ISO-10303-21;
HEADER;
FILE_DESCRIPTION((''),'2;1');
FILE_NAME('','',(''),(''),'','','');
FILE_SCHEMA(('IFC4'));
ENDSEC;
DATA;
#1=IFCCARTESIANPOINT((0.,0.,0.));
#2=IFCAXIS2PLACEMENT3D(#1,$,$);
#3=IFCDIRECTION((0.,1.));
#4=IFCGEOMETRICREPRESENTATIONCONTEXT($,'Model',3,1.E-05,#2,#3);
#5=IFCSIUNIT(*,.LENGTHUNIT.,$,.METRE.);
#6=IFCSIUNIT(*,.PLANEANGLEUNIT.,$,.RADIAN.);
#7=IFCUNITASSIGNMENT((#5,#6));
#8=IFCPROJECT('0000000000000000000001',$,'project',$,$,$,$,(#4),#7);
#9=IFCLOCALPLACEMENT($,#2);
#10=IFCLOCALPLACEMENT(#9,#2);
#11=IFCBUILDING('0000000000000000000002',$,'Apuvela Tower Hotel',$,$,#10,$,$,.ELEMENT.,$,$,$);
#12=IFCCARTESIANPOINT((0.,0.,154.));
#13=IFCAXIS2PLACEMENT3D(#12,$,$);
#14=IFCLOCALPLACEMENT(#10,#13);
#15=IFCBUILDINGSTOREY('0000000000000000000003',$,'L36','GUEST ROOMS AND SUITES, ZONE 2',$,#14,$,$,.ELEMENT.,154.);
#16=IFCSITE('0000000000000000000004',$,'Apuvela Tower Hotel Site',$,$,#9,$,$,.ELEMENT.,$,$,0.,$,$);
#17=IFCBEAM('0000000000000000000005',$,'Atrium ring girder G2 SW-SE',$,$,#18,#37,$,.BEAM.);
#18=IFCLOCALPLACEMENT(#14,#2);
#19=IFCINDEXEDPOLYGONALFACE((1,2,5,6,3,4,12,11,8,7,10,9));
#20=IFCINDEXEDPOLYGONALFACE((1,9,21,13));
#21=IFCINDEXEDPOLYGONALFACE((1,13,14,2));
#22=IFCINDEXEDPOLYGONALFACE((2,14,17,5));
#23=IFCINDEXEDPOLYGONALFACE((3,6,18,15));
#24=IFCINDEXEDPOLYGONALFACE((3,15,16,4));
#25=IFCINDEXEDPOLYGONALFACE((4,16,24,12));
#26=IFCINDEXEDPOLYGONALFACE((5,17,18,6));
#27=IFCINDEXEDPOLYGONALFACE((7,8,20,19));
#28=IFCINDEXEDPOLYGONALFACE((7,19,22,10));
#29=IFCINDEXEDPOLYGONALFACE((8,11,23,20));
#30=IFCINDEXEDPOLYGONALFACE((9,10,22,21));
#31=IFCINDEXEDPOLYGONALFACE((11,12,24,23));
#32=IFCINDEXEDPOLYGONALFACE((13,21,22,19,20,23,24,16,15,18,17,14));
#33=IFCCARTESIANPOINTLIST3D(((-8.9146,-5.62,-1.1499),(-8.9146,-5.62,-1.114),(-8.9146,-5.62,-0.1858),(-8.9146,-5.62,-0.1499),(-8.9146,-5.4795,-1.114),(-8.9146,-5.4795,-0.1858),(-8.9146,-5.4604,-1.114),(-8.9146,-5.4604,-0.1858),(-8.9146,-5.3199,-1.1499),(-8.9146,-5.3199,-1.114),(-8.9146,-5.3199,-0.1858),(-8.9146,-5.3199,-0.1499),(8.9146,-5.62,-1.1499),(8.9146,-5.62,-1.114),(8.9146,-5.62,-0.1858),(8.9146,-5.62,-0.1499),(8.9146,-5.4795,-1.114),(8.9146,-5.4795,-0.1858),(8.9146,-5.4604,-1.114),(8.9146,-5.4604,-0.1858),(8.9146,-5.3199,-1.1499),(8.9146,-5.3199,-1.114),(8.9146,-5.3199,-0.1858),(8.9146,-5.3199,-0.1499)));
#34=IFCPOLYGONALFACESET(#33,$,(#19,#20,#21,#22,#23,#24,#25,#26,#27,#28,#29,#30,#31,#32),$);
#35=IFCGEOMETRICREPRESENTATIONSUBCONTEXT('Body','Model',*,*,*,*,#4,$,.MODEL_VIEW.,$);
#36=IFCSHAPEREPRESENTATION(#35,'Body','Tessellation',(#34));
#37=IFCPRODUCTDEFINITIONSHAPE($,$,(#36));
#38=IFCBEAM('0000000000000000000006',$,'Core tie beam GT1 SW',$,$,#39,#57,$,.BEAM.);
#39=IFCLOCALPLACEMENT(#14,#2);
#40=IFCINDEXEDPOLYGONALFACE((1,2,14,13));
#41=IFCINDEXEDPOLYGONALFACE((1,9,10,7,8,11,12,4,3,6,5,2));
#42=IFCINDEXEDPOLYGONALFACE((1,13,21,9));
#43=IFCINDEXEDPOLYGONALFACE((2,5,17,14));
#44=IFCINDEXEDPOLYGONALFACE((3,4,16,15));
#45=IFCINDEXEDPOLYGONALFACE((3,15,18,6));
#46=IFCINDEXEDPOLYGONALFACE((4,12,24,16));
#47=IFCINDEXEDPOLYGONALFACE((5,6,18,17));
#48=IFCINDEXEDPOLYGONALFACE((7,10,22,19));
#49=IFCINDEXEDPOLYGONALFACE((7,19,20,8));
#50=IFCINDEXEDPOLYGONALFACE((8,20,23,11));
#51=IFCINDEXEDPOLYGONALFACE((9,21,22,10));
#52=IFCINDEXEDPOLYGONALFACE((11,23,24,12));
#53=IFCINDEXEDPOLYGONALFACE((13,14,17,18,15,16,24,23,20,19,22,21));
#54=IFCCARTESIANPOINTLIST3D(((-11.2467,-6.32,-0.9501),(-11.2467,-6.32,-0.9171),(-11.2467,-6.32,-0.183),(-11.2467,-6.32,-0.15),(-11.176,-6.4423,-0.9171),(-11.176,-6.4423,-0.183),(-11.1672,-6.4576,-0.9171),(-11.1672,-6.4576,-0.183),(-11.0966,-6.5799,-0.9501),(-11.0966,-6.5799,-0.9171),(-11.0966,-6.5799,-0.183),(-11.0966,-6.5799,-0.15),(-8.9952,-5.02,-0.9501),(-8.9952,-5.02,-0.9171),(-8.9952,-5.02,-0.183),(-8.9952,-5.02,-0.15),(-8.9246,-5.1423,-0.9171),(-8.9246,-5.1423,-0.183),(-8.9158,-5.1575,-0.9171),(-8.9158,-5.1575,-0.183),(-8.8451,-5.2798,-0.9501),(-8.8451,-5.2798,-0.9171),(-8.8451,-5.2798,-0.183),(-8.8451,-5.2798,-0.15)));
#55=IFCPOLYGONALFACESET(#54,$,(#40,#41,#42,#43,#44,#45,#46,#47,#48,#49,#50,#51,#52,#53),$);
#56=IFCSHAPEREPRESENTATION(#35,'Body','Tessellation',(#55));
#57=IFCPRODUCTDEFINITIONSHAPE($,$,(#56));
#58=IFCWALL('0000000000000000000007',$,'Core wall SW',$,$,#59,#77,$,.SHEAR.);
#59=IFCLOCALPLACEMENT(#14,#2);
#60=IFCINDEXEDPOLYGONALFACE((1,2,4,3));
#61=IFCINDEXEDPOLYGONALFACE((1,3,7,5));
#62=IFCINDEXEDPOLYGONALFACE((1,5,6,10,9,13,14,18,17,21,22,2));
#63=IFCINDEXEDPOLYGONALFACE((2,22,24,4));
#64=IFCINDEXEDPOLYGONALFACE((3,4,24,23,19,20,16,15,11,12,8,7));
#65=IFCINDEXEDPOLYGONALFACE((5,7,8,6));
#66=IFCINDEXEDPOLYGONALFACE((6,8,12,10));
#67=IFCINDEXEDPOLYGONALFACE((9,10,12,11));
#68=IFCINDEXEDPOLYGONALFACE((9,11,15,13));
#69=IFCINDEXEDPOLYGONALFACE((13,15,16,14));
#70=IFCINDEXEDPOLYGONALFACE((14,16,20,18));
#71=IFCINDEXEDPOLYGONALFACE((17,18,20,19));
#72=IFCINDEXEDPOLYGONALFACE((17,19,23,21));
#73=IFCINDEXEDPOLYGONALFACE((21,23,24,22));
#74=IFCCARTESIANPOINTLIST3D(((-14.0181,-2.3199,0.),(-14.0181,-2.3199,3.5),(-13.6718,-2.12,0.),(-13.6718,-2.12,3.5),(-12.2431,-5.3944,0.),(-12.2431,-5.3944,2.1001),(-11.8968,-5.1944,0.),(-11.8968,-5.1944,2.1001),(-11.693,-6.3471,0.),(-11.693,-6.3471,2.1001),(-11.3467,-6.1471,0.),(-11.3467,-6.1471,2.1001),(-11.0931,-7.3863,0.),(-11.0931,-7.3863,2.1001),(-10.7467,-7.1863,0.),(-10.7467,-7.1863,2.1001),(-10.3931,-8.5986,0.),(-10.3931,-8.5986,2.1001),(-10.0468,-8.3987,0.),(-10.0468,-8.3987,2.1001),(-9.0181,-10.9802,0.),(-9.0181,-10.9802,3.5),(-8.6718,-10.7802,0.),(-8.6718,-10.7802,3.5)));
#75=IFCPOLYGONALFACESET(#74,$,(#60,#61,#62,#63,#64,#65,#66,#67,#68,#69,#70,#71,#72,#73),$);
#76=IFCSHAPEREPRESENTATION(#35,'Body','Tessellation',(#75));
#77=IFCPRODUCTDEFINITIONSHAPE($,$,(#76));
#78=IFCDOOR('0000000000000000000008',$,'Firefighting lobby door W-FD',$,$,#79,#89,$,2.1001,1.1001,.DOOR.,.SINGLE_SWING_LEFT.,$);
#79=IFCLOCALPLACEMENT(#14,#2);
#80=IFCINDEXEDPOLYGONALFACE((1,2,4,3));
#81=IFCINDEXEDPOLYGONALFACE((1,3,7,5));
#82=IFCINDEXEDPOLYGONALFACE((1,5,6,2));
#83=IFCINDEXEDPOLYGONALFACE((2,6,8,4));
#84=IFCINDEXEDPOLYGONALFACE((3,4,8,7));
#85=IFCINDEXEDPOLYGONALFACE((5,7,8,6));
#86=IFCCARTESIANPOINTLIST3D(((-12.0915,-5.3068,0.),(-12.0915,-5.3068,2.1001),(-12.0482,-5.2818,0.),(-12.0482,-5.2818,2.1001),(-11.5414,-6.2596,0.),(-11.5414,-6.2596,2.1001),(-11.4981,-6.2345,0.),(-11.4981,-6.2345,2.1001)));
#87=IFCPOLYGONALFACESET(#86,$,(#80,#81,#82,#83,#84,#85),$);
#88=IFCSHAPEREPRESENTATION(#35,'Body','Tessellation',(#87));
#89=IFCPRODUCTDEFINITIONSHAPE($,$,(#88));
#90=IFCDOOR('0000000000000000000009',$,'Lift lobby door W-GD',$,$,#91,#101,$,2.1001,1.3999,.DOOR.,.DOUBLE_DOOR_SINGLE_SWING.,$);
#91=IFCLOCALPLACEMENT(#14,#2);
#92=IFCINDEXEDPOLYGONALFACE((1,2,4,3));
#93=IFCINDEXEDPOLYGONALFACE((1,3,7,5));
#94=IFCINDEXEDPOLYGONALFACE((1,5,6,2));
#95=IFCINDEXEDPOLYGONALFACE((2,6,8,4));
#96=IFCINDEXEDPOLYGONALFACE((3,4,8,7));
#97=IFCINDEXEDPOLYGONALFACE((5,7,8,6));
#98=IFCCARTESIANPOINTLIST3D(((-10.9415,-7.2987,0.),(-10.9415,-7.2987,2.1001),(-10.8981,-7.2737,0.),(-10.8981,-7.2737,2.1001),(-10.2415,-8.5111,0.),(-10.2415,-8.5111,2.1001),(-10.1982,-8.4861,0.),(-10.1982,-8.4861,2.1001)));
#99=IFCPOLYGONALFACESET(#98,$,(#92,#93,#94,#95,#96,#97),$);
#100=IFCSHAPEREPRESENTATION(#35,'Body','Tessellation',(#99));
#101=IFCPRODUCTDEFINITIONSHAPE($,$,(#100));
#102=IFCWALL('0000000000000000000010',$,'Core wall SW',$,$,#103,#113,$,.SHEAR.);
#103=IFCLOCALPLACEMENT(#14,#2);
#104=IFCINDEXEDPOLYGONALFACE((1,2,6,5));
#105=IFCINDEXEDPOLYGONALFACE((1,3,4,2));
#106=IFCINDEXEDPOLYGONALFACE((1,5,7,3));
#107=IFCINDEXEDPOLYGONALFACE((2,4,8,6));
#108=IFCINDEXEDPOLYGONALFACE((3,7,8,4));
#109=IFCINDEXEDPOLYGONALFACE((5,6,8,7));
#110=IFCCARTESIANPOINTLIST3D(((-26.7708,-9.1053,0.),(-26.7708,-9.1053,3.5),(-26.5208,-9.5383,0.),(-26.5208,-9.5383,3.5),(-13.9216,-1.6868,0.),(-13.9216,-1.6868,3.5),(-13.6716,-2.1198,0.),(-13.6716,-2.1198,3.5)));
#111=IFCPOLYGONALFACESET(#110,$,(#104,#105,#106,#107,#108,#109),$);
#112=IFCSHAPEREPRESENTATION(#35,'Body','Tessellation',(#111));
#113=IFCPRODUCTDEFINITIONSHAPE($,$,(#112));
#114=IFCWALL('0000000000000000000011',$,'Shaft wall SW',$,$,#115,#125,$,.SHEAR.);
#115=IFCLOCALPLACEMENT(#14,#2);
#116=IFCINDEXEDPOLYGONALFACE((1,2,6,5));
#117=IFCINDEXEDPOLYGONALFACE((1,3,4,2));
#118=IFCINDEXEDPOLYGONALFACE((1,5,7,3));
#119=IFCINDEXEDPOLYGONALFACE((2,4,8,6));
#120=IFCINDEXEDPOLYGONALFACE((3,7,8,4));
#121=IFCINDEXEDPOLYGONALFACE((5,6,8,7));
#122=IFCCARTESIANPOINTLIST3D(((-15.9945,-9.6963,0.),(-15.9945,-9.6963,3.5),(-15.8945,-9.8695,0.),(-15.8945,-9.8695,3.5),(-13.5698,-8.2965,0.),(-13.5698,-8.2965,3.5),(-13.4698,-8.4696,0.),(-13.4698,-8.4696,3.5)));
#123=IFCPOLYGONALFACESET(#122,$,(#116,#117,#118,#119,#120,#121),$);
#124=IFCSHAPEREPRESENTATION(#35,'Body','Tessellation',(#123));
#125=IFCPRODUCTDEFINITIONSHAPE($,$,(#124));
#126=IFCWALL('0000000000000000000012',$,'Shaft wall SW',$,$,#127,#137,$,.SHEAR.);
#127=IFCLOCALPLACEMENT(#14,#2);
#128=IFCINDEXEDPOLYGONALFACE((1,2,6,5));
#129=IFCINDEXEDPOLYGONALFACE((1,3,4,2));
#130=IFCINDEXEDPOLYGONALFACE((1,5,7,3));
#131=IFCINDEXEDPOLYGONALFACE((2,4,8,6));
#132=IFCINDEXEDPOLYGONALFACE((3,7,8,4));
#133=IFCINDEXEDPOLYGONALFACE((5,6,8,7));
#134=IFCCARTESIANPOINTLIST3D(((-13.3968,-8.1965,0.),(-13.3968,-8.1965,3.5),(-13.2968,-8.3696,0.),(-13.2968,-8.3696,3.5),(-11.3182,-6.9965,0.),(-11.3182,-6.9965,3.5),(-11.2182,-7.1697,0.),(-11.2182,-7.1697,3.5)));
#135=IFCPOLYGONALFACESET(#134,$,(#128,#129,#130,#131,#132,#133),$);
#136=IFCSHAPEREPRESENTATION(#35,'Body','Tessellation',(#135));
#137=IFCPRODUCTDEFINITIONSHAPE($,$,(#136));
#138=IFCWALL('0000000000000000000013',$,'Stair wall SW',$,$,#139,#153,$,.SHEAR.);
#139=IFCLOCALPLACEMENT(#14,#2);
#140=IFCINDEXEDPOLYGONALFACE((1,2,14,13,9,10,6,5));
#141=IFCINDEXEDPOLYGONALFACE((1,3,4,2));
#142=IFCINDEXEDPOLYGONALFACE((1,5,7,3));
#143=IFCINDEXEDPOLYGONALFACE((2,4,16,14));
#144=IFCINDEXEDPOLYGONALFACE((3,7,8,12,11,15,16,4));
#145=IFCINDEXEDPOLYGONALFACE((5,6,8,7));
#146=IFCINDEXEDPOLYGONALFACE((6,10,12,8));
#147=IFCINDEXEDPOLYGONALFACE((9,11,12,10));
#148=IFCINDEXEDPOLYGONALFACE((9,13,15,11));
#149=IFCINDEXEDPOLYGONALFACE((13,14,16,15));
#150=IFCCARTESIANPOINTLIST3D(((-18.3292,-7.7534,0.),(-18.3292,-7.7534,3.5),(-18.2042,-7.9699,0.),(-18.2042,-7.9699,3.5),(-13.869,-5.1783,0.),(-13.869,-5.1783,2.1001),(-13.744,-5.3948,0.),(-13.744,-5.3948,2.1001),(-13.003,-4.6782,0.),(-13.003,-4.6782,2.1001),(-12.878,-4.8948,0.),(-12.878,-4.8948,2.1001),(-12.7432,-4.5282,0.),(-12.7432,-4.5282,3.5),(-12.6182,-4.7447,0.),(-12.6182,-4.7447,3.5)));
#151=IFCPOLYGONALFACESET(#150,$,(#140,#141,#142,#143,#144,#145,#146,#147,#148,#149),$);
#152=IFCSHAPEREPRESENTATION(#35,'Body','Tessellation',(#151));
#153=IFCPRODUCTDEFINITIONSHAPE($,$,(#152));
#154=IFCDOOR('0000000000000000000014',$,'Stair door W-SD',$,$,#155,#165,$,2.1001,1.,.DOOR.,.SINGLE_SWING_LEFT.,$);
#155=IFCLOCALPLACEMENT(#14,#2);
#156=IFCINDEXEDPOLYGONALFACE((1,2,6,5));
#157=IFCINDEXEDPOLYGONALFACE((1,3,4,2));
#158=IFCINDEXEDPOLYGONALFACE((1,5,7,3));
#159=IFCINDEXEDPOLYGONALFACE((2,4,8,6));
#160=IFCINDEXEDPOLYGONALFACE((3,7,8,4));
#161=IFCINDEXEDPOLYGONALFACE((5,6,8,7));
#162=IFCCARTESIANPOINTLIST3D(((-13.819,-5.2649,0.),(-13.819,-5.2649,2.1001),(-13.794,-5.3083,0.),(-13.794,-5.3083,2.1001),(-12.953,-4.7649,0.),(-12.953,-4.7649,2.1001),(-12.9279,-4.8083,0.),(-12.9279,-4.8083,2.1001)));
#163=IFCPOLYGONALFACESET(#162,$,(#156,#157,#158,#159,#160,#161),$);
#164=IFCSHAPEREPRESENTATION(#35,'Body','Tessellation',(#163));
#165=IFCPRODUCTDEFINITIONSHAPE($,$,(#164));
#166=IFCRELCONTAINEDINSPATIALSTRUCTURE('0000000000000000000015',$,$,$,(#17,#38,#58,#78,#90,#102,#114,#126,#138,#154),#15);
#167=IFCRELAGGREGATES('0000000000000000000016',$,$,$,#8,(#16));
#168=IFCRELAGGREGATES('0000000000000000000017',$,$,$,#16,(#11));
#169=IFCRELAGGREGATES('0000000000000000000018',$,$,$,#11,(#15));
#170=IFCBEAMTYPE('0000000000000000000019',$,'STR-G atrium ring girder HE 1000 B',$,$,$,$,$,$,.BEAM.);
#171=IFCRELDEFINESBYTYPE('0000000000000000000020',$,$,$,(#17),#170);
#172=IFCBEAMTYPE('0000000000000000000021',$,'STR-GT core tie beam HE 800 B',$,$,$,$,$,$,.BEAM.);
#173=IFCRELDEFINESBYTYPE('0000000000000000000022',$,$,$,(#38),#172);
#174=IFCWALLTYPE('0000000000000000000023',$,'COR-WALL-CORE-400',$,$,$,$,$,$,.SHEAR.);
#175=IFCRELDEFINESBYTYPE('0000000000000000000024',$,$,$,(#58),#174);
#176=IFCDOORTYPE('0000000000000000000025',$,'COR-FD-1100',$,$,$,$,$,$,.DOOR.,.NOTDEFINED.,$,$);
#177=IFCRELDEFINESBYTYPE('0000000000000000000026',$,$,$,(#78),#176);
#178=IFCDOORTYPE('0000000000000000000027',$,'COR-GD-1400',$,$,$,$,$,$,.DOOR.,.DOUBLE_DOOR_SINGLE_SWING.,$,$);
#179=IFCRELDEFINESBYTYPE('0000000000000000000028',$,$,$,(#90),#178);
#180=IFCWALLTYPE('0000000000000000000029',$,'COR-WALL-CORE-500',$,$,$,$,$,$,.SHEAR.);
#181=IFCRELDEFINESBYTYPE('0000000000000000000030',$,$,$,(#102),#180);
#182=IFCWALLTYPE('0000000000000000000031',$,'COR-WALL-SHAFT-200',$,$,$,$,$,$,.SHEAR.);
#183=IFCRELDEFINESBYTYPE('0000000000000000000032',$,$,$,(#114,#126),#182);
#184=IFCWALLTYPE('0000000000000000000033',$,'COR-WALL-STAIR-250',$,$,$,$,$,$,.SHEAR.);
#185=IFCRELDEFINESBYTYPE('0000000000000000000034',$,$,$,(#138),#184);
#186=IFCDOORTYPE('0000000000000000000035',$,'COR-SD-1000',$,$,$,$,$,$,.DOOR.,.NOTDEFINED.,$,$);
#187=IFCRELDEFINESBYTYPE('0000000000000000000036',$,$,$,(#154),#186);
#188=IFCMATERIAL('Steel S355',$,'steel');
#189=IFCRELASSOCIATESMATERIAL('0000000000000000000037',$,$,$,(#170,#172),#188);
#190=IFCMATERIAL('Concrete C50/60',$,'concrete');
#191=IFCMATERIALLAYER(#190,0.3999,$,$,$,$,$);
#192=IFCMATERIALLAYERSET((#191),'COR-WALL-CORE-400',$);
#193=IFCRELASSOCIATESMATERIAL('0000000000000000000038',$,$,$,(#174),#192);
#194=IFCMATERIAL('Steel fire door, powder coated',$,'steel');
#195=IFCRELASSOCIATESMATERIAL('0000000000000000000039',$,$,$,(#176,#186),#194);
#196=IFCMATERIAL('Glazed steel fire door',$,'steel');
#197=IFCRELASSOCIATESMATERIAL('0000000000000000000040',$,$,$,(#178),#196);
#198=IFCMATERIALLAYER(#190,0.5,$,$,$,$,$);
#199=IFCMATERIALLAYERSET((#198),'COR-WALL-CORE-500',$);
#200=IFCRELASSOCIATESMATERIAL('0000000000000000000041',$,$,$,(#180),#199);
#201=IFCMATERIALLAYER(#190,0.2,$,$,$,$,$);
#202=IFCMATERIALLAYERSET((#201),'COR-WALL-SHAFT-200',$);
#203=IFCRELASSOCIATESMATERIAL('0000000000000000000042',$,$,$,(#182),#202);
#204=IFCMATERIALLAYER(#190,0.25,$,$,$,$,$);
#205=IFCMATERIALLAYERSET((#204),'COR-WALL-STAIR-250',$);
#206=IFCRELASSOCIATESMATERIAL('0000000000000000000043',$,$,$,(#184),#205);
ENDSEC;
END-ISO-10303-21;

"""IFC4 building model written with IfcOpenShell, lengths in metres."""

from ifc_helpers import new_model, si_unit, direction, frame, frame_2d, origin, origin_2d, place, context, subcontext, project, spatial, rectangle, i_section, extrude, material, layer, layer_set, material_profile, profile_set, type_object, element, fill, save


model = new_model("IFC4")

# Units and contexts
model_context = context("Model", 3, precision=1e-05, world=origin(), true_north=direction((0.0, 1.0)))
body_context = subcontext(model_context, "Body", "Model", "MODEL_VIEW")
ifc_project = project(units=[si_unit("LENGTHUNIT", "METRE"), si_unit("PLANEANGLEUNIT", "RADIAN")], contexts=[model_context])

# Site, building, storey
site_placement = place(None, origin())
site = spatial("IfcSite", under=ifc_project, at=site_placement, Name="Apuvela Tower Hotel Site", CompositionType="ELEMENT", RefElevation=0.0)
building_placement = place(site_placement, origin())
building = spatial("IfcBuilding", under=site, at=building_placement, Name="Apuvela Tower Hotel", CompositionType="ELEMENT")
storey_placement = place(building_placement, frame((0.0, 0.0, 154.0)))
storey = spatial("IfcBuildingStorey", under=building, at=storey_placement, Name="L36", Description="GUEST ROOMS AND SUITES, ZONE 2", CompositionType="ELEMENT", Elevation=154.0)

# Beams
ifc_material_1 = material(Name="Steel S355", Category="steel")
ifc_material_profile_1 = material_profile(ifc_material_1, i_section(OverallWidth=0.3, OverallDepth=1.0, WebThickness=0.019, FlangeThickness=0.0359, at=origin_2d()), Name="HE 1000 B")
ifc_profile_set_1 = profile_set([ifc_material_profile_1], Name="Steel S355")
beam_type_1 = type_object("IfcBeamType", Name="STR-G atrium ring girder HE 1000 B", PredefinedType="BEAM", material=ifc_profile_set_1)
beam_1_placement = place(storey_placement, frame((-8.9146, -5.47, -0.6499), z_axis=(1.0, 0.0, 0.0), x_axis=(0.0, 1.0, 0.0)))
element("IfcBeam", 1, at=beam_1_placement, inside=storey, type_object=beam_type_1, Name="Atrium ring girder G2 SW-SE", PredefinedType="BEAM", context=body_context, shape_type="SweptSolid", body=[
    extrude(i_section(OverallWidth=0.3, OverallDepth=1.0, WebThickness=0.019, FlangeThickness=0.0359, at=origin_2d()), origin(), (0.0, 0.0, 1.0), 17.8291),
])
ifc_material_profile_2 = material_profile(ifc_material_1, i_section(OverallWidth=0.3, OverallDepth=0.8, WebThickness=0.0176, FlangeThickness=0.033, at=origin_2d()), Name="HE 800 B")
ifc_profile_set_2 = profile_set([ifc_material_profile_2], Name="Steel S355")
beam_type_2 = type_object("IfcBeamType", Name="STR-GT core tie beam HE 800 B", PredefinedType="BEAM", material=ifc_profile_set_2)
beam_2_placement = place(storey_placement, frame((-11.1716, -6.45, -0.55), z_axis=(0.865998, 0.500048, 0.0), x_axis=(-0.500048, 0.865998, 0.0)))
element("IfcBeam", 2, at=beam_2_placement, inside=storey, type_object=beam_type_2, Name="Core tie beam GT1 SW", PredefinedType="BEAM", context=body_context, shape_type="SweptSolid", body=[
    extrude(i_section(OverallWidth=0.3, OverallDepth=0.8, WebThickness=0.0176, FlangeThickness=0.033, at=origin_2d()), origin(), (0.0, 0.0, 1.0), 2.5999),
])

# Wall, openings, doors
ifc_material_2 = material(Name="Concrete C50/60", Category="concrete")
ifc_layer_1 = layer(ifc_material_2, 0.3999)
ifc_layer_set_1 = layer_set([ifc_layer_1], Name="COR-WALL-CORE-400")
wall_type_1 = type_object("IfcWallType", Name="COR-WALL-CORE-400", PredefinedType="SHEAR", material=ifc_layer_set_1)
wall_1_placement = place(storey_placement, frame((-13.845, -2.22, 0.0), z_axis=(0.0, 0.0, 1.0), x_axis=(0.500004, -0.866023, 0.0)))
wall_1 = element("IfcWall", 3, at=wall_1_placement, inside=storey, type_object=wall_type_1, Name="Core wall SW", PredefinedType="SHEAR", context=body_context, shape_type="SweptSolid", body=[
    extrude(rectangle(XDim=10.0, YDim=0.3999, at=frame_2d((5.0, 0.0))), origin(), (0.0, 0.0, 1.0), 3.5),
])
opening_1_placement = place(wall_1_placement, frame((3.55, 0.0, 0.0)))
opening_1 = element("IfcOpeningElement", 4, at=opening_1_placement, cuts=wall_1, PredefinedType="OPENING", context=body_context, shape_type="SweptSolid", body=[
    extrude(rectangle(XDim=1.1001, YDim=2.1001, at=frame_2d((0.55, 1.05))), frame((0.0, 0.21, 0.0), z_axis=(0.0, -1.0, 0.0), x_axis=(1.0, 0.0, 0.0)), (0.0, 0.0, 1.0), 0.4199),
])
opening_2_placement = place(wall_1_placement, frame((5.8501, 0.0, 0.0)))
opening_2 = element("IfcOpeningElement", 5, at=opening_2_placement, cuts=wall_1, PredefinedType="OPENING", context=body_context, shape_type="SweptSolid", body=[
    extrude(rectangle(XDim=1.3999, YDim=2.1001, at=frame_2d((0.7, 1.05))), frame((0.0, 0.21, 0.0), z_axis=(0.0, -1.0, 0.0), x_axis=(1.0, 0.0, 0.0)), (0.0, 0.0, 1.0), 0.4199),
])
ifc_material_3 = material(Name="Steel fire door, powder coated", Category="steel")
door_type_1 = type_object("IfcDoorType", Name="COR-FD-1100", OperationType="NOTDEFINED", PredefinedType="DOOR", material=ifc_material_3)
door_1_placement = place(opening_1_placement, frame((1.1001, 0.0, 0.0), z_axis=(0.0, 0.0, 1.0), x_axis=(-1.0, 0.0, 0.0)))
door_1 = element("IfcDoor", 6, at=door_1_placement, inside=storey, type_object=door_type_1, Name="Firefighting lobby door W-FD", OperationType="SINGLE_SWING_LEFT", OverallHeight=2.1001, OverallWidth=1.1001, PredefinedType="DOOR", context=body_context, shape_type="SweptSolid", body=[
    extrude(rectangle(XDim=1.1001, YDim=2.1001, at=frame_2d((0.55, 1.05))), frame((0.0, 0.0249, 0.0), z_axis=(0.0, -1.0, 0.0), x_axis=(1.0, 0.0, 0.0)), (0.0, 0.0, 1.0), 0.05),
])
fill(opening_1, door_1)
ifc_material_4 = material(Name="Glazed steel fire door", Category="steel")
door_type_2 = type_object("IfcDoorType", Name="COR-GD-1400", OperationType="DOUBLE_DOOR_SINGLE_SWING", PredefinedType="DOOR", material=ifc_material_4)
door_2_placement = place(opening_2_placement, frame((1.3999, 0.0, 0.0), z_axis=(0.0, 0.0, 1.0), x_axis=(-1.0, 0.0, 0.0)))
door_2 = element("IfcDoor", 7, at=door_2_placement, inside=storey, type_object=door_type_2, Name="Lift lobby door W-GD", OperationType="DOUBLE_DOOR_SINGLE_SWING", OverallHeight=2.1001, OverallWidth=1.3999, PredefinedType="DOOR", context=body_context, shape_type="SweptSolid", body=[
    extrude(rectangle(XDim=1.3999, YDim=2.1001, at=frame_2d((0.7, 1.05))), frame((0.0, 0.0249, 0.0), z_axis=(0.0, -1.0, 0.0), x_axis=(1.0, 0.0, 0.0)), (0.0, 0.0, 1.0), 0.05),
])
fill(opening_2, door_2)

# Walls
ifc_layer_2 = layer(ifc_material_2, 0.5)
ifc_layer_set_2 = layer_set([ifc_layer_2], Name="COR-WALL-CORE-500")
wall_type_2 = type_object("IfcWallType", Name="COR-WALL-CORE-500", PredefinedType="SHEAR", material=ifc_layer_set_2)
wall_2_placement = place(storey_placement, frame((-13.7966, -1.9033, 0.0), z_axis=(0.0, 0.0, 1.0), x_axis=(-0.866025, -0.500001, 0.0)))
element("IfcWall", 8, at=wall_2_placement, inside=storey, type_object=wall_type_2, Name="Core wall SW", PredefinedType="SHEAR", context=body_context, shape_type="SweptSolid", body=[
    extrude(rectangle(XDim=14.8369, YDim=0.5, at=frame_2d((7.4185, 0.0))), origin(), (0.0, 0.0, 1.0), 3.5),
])
ifc_layer_3 = layer(ifc_material_2, 0.2)
ifc_layer_set_3 = layer_set([ifc_layer_3], Name="COR-WALL-SHAFT-200")
wall_type_3 = type_object("IfcWallType", Name="COR-WALL-SHAFT-200", PredefinedType="SHEAR", material=ifc_layer_set_3)
wall_3_placement = place(storey_placement, frame((-13.5198, -8.3831, 0.0), z_axis=(0.0, 0.0, 1.0), x_axis=(-0.866035, -0.499984, 0.0)))
element("IfcWall", 9, at=wall_3_placement, inside=storey, type_object=wall_type_3, Name="Shaft wall SW", PredefinedType="SHEAR", context=body_context, shape_type="SweptSolid", body=[
    extrude(rectangle(XDim=2.7998, YDim=0.2, at=frame_2d((1.3999, 0.0))), origin(), (0.0, 0.0, 1.0), 3.5),
])
wall_4_placement = place(storey_placement, frame((-11.2681, -7.083, 0.0), z_axis=(0.0, 0.0, 1.0), x_axis=(-0.86605, -0.499957, 0.0)))
element("IfcWall", 10, at=wall_4_placement, inside=storey, type_object=wall_type_3, Name="Shaft wall SW", PredefinedType="SHEAR", context=body_context, shape_type="SweptSolid", body=[
    extrude(rectangle(XDim=2.4001, YDim=0.2, at=frame_2d((1.2002, 0.0))), origin(), (0.0, 0.0, 1.0), 3.5),
])

# Wall, opening, door
ifc_layer_4 = layer(ifc_material_2, 0.25)
ifc_layer_set_4 = layer_set([ifc_layer_4], Name="COR-WALL-STAIR-250")
wall_type_4 = type_object("IfcWallType", Name="COR-WALL-STAIR-250", PredefinedType="SHEAR", material=ifc_layer_set_4)
wall_5_placement = place(storey_placement, frame((-12.6807, -4.6365, 0.0), z_axis=(0.0, 0.0, 1.0), x_axis=(-0.866022, -0.500006, 0.0)))
wall_5 = element("IfcWall", 11, at=wall_5_placement, inside=storey, type_object=wall_type_4, Name="Stair wall SW", PredefinedType="SHEAR", context=body_context, shape_type="SweptSolid", body=[
    extrude(rectangle(XDim=6.4502, YDim=0.25, at=frame_2d((3.2251, 0.0))), origin(), (0.0, 0.0, 1.0), 3.5),
])
opening_3_placement = place(wall_5_placement, frame((0.3, 0.0, 0.0)))
opening_3 = element("IfcOpeningElement", 12, at=opening_3_placement, cuts=wall_5, PredefinedType="OPENING", context=body_context, shape_type="SweptSolid", body=[
    extrude(rectangle(XDim=1.0, YDim=2.1001, at=frame_2d((0.5, 1.05))), frame((0.0, 0.135, 0.0), z_axis=(0.0, -1.0, 0.0), x_axis=(1.0, 0.0, 0.0)), (0.0, 0.0, 1.0), 0.27),
])
door_type_3 = type_object("IfcDoorType", Name="COR-SD-1000", OperationType="NOTDEFINED", PredefinedType="DOOR", material=ifc_material_3)
door_3_placement = place(opening_3_placement, frame((1.0, 0.0, 0.0), z_axis=(0.0, 0.0, 1.0), x_axis=(-1.0, 0.0, 0.0)))
door_3 = element("IfcDoor", 13, at=door_3_placement, inside=storey, type_object=door_type_3, Name="Stair door W-SD", OperationType="SINGLE_SWING_LEFT", OverallHeight=2.1001, OverallWidth=1.0, PredefinedType="DOOR", context=body_context, shape_type="SweptSolid", body=[
    extrude(rectangle(XDim=1.0, YDim=2.1001, at=frame_2d((0.5, 1.05))), frame((0.0, 0.0249, 0.0), z_axis=(0.0, -1.0, 0.0), x_axis=(1.0, 0.0, 0.0)), (0.0, 0.0, 1.0), 0.05),
])
fill(opening_3, door_3)

save(model, "model.ifc")
